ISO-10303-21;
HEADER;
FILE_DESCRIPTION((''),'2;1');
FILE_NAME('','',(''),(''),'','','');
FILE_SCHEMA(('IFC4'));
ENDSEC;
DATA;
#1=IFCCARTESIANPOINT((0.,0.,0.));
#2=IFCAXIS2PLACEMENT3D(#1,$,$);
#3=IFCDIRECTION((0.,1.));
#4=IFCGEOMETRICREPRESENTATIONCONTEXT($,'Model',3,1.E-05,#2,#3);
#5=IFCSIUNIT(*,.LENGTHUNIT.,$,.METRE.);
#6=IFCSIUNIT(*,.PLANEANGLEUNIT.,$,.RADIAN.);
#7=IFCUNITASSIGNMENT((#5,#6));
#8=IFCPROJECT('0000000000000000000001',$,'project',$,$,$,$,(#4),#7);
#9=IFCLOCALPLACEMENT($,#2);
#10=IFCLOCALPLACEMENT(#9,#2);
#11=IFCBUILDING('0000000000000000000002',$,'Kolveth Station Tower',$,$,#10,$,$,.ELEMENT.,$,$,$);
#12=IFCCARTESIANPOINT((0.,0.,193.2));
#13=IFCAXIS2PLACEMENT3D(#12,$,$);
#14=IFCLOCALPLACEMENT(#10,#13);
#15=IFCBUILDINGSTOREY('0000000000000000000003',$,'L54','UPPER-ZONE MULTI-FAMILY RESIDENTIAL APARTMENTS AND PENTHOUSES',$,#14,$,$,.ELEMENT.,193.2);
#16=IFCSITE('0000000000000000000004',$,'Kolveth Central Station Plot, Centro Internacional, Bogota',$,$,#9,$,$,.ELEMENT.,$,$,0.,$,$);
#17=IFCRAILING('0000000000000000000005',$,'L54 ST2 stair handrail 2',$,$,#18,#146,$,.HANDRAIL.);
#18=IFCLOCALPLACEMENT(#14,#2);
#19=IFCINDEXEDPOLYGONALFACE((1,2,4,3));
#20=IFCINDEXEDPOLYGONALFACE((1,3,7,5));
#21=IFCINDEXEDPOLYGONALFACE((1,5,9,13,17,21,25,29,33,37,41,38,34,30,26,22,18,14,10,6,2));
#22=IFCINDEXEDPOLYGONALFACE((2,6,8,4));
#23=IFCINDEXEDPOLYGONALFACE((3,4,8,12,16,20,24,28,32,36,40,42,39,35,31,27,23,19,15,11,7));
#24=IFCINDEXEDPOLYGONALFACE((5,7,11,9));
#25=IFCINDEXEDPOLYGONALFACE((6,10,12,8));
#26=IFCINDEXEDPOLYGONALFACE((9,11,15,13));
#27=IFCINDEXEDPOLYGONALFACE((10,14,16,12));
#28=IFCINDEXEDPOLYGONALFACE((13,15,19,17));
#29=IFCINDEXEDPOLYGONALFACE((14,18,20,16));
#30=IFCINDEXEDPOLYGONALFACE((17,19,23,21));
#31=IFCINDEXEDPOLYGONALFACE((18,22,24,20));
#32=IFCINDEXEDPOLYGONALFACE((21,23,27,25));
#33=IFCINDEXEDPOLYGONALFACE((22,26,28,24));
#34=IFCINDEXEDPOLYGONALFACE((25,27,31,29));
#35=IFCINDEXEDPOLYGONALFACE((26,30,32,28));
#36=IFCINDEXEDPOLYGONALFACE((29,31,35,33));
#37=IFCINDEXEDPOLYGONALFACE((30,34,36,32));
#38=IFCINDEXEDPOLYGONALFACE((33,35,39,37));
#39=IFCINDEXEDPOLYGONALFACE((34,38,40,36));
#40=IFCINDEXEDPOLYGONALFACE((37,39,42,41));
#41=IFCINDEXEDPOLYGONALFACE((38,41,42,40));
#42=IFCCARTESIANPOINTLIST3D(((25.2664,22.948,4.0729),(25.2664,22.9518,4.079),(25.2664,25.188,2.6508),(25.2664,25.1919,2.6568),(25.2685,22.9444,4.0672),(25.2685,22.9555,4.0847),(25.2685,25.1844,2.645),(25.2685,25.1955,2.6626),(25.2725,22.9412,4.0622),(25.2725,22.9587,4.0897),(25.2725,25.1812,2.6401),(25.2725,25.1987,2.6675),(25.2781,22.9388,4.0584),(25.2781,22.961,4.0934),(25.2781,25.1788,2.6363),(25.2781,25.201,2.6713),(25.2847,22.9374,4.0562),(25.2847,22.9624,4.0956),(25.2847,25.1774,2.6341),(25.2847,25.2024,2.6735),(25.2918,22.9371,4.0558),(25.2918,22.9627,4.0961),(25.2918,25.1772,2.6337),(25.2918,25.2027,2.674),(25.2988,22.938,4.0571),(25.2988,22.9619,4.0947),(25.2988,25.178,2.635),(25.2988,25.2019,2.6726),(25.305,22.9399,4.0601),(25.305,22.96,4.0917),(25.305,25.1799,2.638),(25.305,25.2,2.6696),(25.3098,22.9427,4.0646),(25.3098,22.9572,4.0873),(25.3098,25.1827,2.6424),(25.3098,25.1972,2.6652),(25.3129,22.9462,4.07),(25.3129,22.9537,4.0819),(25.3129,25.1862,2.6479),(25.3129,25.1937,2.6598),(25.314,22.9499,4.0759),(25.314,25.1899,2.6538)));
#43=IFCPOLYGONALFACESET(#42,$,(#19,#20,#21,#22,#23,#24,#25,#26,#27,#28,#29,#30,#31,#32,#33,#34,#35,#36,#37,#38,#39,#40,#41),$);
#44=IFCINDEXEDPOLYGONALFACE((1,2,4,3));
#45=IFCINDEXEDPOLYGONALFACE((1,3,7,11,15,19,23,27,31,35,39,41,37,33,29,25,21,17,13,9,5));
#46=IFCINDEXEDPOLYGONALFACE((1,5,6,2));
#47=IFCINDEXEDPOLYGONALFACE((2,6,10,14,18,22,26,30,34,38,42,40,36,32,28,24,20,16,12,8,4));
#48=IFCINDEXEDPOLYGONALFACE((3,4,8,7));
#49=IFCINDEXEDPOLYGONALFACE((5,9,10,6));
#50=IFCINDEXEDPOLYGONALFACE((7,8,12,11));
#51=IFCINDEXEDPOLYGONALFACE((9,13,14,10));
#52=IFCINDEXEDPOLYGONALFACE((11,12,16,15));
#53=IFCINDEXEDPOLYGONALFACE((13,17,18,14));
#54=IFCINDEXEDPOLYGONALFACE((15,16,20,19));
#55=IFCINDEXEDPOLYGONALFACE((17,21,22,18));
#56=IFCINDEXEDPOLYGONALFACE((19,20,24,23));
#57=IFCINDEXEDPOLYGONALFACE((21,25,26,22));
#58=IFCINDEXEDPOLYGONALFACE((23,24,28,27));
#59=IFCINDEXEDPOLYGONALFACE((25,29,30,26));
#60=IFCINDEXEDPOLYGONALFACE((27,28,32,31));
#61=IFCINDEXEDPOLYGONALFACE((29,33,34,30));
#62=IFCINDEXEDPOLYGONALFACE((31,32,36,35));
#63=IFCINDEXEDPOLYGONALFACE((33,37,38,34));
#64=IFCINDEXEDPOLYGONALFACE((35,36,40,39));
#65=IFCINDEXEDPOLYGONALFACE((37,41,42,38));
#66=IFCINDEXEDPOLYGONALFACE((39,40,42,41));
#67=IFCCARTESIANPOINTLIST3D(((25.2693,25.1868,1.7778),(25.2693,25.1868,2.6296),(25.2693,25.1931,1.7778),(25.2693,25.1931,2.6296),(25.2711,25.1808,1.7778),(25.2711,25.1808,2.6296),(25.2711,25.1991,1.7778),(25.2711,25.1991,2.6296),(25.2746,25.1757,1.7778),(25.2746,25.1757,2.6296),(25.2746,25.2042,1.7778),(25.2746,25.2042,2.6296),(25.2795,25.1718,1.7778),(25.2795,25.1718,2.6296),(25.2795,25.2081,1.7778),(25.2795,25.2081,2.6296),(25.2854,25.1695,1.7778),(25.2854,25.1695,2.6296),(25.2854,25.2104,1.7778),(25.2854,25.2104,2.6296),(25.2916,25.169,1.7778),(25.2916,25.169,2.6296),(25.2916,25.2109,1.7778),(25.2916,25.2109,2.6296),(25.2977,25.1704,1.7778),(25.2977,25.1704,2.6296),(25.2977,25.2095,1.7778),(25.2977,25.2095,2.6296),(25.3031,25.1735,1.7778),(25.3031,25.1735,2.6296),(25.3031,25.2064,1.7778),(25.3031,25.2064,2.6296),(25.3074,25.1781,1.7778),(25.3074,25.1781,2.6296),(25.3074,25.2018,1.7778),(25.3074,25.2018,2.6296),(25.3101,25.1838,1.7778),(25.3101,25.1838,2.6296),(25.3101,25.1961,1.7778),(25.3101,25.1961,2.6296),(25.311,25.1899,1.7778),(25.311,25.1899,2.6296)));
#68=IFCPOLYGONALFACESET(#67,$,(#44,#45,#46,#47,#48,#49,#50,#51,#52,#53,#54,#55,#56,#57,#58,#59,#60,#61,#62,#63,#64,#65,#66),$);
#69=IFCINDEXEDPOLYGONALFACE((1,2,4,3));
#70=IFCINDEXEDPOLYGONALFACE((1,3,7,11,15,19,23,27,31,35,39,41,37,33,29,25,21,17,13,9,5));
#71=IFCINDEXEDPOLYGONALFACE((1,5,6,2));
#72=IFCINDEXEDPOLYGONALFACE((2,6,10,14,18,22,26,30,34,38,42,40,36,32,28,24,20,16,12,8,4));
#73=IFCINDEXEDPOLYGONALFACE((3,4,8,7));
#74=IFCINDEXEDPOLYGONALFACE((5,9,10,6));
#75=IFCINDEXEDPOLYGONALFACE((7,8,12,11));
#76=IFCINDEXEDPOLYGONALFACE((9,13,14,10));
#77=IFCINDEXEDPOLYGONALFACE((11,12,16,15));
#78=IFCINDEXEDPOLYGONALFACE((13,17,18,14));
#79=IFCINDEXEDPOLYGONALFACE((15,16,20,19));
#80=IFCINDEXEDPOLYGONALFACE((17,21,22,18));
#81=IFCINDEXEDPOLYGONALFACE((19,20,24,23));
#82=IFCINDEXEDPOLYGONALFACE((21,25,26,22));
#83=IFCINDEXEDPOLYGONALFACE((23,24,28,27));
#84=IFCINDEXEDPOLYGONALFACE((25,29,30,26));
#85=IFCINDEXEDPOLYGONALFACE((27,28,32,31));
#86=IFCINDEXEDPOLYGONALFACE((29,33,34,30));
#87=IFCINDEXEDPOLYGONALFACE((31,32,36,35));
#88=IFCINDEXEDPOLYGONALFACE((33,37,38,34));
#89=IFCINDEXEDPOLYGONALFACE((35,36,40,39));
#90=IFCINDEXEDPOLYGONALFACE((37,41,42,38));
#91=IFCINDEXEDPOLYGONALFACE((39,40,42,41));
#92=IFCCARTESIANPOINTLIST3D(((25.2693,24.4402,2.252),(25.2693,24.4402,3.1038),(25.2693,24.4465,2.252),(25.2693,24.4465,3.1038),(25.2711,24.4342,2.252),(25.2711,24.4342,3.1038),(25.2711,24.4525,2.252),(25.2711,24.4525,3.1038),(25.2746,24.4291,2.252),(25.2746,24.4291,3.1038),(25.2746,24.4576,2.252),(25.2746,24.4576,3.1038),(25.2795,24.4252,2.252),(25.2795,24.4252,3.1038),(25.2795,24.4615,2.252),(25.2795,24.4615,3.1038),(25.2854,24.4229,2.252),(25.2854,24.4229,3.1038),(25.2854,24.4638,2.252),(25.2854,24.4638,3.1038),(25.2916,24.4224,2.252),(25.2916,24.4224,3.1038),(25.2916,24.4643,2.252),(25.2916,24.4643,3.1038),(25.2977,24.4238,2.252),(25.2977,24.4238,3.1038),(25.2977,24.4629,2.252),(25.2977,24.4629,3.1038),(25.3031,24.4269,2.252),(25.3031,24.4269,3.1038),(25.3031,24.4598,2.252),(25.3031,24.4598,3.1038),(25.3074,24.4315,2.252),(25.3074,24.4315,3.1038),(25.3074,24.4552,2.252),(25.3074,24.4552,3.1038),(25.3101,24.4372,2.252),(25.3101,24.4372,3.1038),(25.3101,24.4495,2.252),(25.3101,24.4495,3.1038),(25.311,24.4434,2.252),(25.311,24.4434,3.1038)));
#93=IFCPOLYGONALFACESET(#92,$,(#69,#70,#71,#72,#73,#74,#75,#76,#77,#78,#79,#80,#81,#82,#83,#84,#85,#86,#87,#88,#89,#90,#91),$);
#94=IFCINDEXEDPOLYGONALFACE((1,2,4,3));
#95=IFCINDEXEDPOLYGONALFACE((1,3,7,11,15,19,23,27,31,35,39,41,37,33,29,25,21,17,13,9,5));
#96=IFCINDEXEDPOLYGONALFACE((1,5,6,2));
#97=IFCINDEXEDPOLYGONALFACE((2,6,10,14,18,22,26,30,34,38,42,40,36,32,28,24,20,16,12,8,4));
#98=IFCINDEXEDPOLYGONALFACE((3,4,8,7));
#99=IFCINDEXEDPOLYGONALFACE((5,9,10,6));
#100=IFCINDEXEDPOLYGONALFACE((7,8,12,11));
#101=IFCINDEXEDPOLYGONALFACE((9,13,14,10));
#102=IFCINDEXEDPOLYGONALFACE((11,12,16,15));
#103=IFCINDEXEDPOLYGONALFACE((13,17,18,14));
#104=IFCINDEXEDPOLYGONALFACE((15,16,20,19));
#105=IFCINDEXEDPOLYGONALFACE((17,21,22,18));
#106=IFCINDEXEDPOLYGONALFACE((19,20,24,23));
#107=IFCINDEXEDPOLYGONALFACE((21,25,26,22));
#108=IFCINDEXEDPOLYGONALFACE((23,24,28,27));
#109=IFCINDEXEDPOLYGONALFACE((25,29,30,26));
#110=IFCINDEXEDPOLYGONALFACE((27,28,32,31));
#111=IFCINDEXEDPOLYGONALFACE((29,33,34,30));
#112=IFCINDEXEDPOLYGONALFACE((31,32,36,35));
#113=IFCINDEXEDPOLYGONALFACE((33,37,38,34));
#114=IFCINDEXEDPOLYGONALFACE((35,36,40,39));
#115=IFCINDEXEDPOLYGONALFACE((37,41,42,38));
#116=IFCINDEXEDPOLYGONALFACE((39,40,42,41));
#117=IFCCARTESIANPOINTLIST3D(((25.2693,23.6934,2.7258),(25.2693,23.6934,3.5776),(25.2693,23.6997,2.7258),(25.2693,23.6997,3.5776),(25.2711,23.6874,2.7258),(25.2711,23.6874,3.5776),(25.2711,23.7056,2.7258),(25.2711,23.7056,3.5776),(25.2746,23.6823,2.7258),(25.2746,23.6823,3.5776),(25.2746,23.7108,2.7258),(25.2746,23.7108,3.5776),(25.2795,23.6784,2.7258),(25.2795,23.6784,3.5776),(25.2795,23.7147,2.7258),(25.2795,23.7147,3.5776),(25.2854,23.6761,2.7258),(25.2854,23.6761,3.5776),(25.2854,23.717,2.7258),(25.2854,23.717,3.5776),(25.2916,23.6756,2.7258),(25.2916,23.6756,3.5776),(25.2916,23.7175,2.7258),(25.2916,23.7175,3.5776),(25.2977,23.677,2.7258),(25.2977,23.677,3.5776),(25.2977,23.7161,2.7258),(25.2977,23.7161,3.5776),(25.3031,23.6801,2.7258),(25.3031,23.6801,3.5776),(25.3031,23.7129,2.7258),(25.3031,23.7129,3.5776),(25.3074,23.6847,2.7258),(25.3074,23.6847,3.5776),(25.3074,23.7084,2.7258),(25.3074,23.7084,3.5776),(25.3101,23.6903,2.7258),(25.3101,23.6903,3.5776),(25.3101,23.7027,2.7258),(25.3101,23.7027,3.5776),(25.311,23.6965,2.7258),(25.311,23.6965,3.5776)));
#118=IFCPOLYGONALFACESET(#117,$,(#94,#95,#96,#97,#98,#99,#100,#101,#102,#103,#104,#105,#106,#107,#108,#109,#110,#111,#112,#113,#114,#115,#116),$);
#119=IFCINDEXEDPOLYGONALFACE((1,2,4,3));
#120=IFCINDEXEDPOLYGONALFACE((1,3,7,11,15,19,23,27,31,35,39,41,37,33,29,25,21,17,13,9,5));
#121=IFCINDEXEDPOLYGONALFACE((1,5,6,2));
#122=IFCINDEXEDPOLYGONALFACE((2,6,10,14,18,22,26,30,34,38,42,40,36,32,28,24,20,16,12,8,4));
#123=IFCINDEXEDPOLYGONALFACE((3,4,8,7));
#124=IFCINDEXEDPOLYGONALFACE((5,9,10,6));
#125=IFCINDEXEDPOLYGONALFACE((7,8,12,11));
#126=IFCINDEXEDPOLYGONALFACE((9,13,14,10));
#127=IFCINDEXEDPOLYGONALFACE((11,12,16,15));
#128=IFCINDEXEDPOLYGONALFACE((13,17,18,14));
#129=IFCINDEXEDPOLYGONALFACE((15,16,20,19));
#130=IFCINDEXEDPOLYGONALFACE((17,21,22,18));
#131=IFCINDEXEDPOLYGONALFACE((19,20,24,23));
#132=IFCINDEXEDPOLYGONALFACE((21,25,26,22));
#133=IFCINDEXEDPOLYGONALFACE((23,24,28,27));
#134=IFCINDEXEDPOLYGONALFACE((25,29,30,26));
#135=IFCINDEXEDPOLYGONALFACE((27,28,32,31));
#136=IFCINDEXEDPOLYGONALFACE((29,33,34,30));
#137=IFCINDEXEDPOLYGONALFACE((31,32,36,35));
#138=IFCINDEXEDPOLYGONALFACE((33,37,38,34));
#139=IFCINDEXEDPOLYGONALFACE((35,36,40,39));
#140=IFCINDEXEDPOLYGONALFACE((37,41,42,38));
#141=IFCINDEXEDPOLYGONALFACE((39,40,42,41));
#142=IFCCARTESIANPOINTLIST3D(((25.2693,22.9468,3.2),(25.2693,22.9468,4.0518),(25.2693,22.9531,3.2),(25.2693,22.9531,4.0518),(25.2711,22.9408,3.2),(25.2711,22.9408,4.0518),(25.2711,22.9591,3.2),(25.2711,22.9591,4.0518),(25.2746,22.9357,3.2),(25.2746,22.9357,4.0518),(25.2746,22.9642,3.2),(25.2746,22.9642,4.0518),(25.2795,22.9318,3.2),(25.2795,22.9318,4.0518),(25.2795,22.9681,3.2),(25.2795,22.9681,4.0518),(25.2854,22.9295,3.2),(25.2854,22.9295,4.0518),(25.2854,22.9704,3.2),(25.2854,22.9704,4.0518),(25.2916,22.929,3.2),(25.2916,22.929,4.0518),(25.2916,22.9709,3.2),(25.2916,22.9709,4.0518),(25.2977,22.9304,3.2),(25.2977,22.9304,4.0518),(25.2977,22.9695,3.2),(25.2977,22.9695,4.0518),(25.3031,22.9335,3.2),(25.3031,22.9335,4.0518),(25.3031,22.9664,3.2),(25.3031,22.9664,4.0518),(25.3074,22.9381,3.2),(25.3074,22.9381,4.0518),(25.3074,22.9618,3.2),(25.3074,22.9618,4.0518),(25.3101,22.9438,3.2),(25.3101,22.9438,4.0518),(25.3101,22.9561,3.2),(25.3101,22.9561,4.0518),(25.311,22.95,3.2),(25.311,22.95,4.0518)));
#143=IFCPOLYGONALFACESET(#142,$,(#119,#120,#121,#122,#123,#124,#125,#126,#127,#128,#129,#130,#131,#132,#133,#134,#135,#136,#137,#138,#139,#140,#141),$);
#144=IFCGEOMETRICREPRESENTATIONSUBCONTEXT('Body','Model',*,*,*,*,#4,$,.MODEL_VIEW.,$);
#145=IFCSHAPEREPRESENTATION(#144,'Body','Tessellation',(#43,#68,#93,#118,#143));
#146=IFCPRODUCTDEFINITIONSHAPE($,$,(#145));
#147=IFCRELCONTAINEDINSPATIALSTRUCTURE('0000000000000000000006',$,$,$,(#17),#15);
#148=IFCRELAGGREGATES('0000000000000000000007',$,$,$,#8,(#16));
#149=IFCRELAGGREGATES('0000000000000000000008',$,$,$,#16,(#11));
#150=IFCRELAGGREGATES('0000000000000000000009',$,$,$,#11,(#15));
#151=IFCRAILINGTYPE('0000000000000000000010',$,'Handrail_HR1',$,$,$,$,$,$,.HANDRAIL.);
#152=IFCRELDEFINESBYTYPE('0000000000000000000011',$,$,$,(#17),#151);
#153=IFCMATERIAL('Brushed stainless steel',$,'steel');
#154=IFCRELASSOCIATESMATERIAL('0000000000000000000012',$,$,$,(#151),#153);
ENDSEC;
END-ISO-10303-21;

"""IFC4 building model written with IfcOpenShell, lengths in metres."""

from ifc_helpers import new_model, si_unit, direction, frame, origin, origin_2d, place, context, subcontext, project, spatial, circle, extrude, material, type_object, element, save


model = new_model("IFC4")

# Units and contexts
model_context = context("Model", 3, precision=1e-05, world=origin(), true_north=direction((0.0, 1.0)))
body_context = subcontext(model_context, "Body", "Model", "MODEL_VIEW")
ifc_project = project(units=[si_unit("LENGTHUNIT", "METRE"), si_unit("PLANEANGLEUNIT", "RADIAN")], contexts=[model_context])

# Site, building, storey
site_placement = place(None, origin())
site = spatial("IfcSite", under=ifc_project, at=site_placement, Name="Kolveth Central Station Plot, Centro Internacional, Bogota", CompositionType="ELEMENT", RefElevation=0.0)
building_placement = place(site_placement, origin())
building = spatial("IfcBuilding", under=site, at=building_placement, Name="Kolveth Station Tower", CompositionType="ELEMENT")
storey_placement = place(building_placement, frame((0.0, 0.0, 193.2)))
storey = spatial("IfcBuildingStorey", under=building, at=storey_placement, Name="L54", Description="UPPER-ZONE MULTI-FAMILY RESIDENTIAL APARTMENTS AND PENTHOUSES", CompositionType="ELEMENT", Elevation=193.2)

# Railing
ifc_material_1 = material(Name="Brushed stainless steel", Category="steel")
railing_type_1 = type_object("IfcRailingType", Name="Handrail_HR1", PredefinedType="HANDRAIL", material=ifc_material_1)
railing_1_placement = place(storey_placement, frame((25.29, 25.1899, 1.7778)))
element("IfcRailing", 1, at=railing_1_placement, inside=storey, type_object=railing_type_1, Name="L54 ST2 stair handrail 2", PredefinedType="HANDRAIL", context=body_context, shape_type="SweptSolid", body=[
    extrude(circle(Radius=0.0239, at=origin_2d()), frame((0.0, 0.0, 0.876), z_axis=(0.0, -0.844229, 0.535982), x_axis=(1.0, 0.0, 0.0)), (0.0, 0.0, 1.0), 2.6533),
    extrude(circle(Radius=0.021, at=origin_2d()), origin(), (0.0, 0.0, 1.0), 0.8518),
    extrude(circle(Radius=0.021, at=origin_2d()), frame((0.0, -0.7466, 0.4741)), (0.0, 0.0, 1.0), 0.8518),
    extrude(circle(Radius=0.021, at=origin_2d()), frame((0.0, -1.4934, 0.948)), (0.0, 0.0, 1.0), 0.8518),
    extrude(circle(Radius=0.021, at=origin_2d()), frame((0.0, -2.24, 1.4221)), (0.0, 0.0, 1.0), 0.8518),
])

save(model, "model.ifc")
